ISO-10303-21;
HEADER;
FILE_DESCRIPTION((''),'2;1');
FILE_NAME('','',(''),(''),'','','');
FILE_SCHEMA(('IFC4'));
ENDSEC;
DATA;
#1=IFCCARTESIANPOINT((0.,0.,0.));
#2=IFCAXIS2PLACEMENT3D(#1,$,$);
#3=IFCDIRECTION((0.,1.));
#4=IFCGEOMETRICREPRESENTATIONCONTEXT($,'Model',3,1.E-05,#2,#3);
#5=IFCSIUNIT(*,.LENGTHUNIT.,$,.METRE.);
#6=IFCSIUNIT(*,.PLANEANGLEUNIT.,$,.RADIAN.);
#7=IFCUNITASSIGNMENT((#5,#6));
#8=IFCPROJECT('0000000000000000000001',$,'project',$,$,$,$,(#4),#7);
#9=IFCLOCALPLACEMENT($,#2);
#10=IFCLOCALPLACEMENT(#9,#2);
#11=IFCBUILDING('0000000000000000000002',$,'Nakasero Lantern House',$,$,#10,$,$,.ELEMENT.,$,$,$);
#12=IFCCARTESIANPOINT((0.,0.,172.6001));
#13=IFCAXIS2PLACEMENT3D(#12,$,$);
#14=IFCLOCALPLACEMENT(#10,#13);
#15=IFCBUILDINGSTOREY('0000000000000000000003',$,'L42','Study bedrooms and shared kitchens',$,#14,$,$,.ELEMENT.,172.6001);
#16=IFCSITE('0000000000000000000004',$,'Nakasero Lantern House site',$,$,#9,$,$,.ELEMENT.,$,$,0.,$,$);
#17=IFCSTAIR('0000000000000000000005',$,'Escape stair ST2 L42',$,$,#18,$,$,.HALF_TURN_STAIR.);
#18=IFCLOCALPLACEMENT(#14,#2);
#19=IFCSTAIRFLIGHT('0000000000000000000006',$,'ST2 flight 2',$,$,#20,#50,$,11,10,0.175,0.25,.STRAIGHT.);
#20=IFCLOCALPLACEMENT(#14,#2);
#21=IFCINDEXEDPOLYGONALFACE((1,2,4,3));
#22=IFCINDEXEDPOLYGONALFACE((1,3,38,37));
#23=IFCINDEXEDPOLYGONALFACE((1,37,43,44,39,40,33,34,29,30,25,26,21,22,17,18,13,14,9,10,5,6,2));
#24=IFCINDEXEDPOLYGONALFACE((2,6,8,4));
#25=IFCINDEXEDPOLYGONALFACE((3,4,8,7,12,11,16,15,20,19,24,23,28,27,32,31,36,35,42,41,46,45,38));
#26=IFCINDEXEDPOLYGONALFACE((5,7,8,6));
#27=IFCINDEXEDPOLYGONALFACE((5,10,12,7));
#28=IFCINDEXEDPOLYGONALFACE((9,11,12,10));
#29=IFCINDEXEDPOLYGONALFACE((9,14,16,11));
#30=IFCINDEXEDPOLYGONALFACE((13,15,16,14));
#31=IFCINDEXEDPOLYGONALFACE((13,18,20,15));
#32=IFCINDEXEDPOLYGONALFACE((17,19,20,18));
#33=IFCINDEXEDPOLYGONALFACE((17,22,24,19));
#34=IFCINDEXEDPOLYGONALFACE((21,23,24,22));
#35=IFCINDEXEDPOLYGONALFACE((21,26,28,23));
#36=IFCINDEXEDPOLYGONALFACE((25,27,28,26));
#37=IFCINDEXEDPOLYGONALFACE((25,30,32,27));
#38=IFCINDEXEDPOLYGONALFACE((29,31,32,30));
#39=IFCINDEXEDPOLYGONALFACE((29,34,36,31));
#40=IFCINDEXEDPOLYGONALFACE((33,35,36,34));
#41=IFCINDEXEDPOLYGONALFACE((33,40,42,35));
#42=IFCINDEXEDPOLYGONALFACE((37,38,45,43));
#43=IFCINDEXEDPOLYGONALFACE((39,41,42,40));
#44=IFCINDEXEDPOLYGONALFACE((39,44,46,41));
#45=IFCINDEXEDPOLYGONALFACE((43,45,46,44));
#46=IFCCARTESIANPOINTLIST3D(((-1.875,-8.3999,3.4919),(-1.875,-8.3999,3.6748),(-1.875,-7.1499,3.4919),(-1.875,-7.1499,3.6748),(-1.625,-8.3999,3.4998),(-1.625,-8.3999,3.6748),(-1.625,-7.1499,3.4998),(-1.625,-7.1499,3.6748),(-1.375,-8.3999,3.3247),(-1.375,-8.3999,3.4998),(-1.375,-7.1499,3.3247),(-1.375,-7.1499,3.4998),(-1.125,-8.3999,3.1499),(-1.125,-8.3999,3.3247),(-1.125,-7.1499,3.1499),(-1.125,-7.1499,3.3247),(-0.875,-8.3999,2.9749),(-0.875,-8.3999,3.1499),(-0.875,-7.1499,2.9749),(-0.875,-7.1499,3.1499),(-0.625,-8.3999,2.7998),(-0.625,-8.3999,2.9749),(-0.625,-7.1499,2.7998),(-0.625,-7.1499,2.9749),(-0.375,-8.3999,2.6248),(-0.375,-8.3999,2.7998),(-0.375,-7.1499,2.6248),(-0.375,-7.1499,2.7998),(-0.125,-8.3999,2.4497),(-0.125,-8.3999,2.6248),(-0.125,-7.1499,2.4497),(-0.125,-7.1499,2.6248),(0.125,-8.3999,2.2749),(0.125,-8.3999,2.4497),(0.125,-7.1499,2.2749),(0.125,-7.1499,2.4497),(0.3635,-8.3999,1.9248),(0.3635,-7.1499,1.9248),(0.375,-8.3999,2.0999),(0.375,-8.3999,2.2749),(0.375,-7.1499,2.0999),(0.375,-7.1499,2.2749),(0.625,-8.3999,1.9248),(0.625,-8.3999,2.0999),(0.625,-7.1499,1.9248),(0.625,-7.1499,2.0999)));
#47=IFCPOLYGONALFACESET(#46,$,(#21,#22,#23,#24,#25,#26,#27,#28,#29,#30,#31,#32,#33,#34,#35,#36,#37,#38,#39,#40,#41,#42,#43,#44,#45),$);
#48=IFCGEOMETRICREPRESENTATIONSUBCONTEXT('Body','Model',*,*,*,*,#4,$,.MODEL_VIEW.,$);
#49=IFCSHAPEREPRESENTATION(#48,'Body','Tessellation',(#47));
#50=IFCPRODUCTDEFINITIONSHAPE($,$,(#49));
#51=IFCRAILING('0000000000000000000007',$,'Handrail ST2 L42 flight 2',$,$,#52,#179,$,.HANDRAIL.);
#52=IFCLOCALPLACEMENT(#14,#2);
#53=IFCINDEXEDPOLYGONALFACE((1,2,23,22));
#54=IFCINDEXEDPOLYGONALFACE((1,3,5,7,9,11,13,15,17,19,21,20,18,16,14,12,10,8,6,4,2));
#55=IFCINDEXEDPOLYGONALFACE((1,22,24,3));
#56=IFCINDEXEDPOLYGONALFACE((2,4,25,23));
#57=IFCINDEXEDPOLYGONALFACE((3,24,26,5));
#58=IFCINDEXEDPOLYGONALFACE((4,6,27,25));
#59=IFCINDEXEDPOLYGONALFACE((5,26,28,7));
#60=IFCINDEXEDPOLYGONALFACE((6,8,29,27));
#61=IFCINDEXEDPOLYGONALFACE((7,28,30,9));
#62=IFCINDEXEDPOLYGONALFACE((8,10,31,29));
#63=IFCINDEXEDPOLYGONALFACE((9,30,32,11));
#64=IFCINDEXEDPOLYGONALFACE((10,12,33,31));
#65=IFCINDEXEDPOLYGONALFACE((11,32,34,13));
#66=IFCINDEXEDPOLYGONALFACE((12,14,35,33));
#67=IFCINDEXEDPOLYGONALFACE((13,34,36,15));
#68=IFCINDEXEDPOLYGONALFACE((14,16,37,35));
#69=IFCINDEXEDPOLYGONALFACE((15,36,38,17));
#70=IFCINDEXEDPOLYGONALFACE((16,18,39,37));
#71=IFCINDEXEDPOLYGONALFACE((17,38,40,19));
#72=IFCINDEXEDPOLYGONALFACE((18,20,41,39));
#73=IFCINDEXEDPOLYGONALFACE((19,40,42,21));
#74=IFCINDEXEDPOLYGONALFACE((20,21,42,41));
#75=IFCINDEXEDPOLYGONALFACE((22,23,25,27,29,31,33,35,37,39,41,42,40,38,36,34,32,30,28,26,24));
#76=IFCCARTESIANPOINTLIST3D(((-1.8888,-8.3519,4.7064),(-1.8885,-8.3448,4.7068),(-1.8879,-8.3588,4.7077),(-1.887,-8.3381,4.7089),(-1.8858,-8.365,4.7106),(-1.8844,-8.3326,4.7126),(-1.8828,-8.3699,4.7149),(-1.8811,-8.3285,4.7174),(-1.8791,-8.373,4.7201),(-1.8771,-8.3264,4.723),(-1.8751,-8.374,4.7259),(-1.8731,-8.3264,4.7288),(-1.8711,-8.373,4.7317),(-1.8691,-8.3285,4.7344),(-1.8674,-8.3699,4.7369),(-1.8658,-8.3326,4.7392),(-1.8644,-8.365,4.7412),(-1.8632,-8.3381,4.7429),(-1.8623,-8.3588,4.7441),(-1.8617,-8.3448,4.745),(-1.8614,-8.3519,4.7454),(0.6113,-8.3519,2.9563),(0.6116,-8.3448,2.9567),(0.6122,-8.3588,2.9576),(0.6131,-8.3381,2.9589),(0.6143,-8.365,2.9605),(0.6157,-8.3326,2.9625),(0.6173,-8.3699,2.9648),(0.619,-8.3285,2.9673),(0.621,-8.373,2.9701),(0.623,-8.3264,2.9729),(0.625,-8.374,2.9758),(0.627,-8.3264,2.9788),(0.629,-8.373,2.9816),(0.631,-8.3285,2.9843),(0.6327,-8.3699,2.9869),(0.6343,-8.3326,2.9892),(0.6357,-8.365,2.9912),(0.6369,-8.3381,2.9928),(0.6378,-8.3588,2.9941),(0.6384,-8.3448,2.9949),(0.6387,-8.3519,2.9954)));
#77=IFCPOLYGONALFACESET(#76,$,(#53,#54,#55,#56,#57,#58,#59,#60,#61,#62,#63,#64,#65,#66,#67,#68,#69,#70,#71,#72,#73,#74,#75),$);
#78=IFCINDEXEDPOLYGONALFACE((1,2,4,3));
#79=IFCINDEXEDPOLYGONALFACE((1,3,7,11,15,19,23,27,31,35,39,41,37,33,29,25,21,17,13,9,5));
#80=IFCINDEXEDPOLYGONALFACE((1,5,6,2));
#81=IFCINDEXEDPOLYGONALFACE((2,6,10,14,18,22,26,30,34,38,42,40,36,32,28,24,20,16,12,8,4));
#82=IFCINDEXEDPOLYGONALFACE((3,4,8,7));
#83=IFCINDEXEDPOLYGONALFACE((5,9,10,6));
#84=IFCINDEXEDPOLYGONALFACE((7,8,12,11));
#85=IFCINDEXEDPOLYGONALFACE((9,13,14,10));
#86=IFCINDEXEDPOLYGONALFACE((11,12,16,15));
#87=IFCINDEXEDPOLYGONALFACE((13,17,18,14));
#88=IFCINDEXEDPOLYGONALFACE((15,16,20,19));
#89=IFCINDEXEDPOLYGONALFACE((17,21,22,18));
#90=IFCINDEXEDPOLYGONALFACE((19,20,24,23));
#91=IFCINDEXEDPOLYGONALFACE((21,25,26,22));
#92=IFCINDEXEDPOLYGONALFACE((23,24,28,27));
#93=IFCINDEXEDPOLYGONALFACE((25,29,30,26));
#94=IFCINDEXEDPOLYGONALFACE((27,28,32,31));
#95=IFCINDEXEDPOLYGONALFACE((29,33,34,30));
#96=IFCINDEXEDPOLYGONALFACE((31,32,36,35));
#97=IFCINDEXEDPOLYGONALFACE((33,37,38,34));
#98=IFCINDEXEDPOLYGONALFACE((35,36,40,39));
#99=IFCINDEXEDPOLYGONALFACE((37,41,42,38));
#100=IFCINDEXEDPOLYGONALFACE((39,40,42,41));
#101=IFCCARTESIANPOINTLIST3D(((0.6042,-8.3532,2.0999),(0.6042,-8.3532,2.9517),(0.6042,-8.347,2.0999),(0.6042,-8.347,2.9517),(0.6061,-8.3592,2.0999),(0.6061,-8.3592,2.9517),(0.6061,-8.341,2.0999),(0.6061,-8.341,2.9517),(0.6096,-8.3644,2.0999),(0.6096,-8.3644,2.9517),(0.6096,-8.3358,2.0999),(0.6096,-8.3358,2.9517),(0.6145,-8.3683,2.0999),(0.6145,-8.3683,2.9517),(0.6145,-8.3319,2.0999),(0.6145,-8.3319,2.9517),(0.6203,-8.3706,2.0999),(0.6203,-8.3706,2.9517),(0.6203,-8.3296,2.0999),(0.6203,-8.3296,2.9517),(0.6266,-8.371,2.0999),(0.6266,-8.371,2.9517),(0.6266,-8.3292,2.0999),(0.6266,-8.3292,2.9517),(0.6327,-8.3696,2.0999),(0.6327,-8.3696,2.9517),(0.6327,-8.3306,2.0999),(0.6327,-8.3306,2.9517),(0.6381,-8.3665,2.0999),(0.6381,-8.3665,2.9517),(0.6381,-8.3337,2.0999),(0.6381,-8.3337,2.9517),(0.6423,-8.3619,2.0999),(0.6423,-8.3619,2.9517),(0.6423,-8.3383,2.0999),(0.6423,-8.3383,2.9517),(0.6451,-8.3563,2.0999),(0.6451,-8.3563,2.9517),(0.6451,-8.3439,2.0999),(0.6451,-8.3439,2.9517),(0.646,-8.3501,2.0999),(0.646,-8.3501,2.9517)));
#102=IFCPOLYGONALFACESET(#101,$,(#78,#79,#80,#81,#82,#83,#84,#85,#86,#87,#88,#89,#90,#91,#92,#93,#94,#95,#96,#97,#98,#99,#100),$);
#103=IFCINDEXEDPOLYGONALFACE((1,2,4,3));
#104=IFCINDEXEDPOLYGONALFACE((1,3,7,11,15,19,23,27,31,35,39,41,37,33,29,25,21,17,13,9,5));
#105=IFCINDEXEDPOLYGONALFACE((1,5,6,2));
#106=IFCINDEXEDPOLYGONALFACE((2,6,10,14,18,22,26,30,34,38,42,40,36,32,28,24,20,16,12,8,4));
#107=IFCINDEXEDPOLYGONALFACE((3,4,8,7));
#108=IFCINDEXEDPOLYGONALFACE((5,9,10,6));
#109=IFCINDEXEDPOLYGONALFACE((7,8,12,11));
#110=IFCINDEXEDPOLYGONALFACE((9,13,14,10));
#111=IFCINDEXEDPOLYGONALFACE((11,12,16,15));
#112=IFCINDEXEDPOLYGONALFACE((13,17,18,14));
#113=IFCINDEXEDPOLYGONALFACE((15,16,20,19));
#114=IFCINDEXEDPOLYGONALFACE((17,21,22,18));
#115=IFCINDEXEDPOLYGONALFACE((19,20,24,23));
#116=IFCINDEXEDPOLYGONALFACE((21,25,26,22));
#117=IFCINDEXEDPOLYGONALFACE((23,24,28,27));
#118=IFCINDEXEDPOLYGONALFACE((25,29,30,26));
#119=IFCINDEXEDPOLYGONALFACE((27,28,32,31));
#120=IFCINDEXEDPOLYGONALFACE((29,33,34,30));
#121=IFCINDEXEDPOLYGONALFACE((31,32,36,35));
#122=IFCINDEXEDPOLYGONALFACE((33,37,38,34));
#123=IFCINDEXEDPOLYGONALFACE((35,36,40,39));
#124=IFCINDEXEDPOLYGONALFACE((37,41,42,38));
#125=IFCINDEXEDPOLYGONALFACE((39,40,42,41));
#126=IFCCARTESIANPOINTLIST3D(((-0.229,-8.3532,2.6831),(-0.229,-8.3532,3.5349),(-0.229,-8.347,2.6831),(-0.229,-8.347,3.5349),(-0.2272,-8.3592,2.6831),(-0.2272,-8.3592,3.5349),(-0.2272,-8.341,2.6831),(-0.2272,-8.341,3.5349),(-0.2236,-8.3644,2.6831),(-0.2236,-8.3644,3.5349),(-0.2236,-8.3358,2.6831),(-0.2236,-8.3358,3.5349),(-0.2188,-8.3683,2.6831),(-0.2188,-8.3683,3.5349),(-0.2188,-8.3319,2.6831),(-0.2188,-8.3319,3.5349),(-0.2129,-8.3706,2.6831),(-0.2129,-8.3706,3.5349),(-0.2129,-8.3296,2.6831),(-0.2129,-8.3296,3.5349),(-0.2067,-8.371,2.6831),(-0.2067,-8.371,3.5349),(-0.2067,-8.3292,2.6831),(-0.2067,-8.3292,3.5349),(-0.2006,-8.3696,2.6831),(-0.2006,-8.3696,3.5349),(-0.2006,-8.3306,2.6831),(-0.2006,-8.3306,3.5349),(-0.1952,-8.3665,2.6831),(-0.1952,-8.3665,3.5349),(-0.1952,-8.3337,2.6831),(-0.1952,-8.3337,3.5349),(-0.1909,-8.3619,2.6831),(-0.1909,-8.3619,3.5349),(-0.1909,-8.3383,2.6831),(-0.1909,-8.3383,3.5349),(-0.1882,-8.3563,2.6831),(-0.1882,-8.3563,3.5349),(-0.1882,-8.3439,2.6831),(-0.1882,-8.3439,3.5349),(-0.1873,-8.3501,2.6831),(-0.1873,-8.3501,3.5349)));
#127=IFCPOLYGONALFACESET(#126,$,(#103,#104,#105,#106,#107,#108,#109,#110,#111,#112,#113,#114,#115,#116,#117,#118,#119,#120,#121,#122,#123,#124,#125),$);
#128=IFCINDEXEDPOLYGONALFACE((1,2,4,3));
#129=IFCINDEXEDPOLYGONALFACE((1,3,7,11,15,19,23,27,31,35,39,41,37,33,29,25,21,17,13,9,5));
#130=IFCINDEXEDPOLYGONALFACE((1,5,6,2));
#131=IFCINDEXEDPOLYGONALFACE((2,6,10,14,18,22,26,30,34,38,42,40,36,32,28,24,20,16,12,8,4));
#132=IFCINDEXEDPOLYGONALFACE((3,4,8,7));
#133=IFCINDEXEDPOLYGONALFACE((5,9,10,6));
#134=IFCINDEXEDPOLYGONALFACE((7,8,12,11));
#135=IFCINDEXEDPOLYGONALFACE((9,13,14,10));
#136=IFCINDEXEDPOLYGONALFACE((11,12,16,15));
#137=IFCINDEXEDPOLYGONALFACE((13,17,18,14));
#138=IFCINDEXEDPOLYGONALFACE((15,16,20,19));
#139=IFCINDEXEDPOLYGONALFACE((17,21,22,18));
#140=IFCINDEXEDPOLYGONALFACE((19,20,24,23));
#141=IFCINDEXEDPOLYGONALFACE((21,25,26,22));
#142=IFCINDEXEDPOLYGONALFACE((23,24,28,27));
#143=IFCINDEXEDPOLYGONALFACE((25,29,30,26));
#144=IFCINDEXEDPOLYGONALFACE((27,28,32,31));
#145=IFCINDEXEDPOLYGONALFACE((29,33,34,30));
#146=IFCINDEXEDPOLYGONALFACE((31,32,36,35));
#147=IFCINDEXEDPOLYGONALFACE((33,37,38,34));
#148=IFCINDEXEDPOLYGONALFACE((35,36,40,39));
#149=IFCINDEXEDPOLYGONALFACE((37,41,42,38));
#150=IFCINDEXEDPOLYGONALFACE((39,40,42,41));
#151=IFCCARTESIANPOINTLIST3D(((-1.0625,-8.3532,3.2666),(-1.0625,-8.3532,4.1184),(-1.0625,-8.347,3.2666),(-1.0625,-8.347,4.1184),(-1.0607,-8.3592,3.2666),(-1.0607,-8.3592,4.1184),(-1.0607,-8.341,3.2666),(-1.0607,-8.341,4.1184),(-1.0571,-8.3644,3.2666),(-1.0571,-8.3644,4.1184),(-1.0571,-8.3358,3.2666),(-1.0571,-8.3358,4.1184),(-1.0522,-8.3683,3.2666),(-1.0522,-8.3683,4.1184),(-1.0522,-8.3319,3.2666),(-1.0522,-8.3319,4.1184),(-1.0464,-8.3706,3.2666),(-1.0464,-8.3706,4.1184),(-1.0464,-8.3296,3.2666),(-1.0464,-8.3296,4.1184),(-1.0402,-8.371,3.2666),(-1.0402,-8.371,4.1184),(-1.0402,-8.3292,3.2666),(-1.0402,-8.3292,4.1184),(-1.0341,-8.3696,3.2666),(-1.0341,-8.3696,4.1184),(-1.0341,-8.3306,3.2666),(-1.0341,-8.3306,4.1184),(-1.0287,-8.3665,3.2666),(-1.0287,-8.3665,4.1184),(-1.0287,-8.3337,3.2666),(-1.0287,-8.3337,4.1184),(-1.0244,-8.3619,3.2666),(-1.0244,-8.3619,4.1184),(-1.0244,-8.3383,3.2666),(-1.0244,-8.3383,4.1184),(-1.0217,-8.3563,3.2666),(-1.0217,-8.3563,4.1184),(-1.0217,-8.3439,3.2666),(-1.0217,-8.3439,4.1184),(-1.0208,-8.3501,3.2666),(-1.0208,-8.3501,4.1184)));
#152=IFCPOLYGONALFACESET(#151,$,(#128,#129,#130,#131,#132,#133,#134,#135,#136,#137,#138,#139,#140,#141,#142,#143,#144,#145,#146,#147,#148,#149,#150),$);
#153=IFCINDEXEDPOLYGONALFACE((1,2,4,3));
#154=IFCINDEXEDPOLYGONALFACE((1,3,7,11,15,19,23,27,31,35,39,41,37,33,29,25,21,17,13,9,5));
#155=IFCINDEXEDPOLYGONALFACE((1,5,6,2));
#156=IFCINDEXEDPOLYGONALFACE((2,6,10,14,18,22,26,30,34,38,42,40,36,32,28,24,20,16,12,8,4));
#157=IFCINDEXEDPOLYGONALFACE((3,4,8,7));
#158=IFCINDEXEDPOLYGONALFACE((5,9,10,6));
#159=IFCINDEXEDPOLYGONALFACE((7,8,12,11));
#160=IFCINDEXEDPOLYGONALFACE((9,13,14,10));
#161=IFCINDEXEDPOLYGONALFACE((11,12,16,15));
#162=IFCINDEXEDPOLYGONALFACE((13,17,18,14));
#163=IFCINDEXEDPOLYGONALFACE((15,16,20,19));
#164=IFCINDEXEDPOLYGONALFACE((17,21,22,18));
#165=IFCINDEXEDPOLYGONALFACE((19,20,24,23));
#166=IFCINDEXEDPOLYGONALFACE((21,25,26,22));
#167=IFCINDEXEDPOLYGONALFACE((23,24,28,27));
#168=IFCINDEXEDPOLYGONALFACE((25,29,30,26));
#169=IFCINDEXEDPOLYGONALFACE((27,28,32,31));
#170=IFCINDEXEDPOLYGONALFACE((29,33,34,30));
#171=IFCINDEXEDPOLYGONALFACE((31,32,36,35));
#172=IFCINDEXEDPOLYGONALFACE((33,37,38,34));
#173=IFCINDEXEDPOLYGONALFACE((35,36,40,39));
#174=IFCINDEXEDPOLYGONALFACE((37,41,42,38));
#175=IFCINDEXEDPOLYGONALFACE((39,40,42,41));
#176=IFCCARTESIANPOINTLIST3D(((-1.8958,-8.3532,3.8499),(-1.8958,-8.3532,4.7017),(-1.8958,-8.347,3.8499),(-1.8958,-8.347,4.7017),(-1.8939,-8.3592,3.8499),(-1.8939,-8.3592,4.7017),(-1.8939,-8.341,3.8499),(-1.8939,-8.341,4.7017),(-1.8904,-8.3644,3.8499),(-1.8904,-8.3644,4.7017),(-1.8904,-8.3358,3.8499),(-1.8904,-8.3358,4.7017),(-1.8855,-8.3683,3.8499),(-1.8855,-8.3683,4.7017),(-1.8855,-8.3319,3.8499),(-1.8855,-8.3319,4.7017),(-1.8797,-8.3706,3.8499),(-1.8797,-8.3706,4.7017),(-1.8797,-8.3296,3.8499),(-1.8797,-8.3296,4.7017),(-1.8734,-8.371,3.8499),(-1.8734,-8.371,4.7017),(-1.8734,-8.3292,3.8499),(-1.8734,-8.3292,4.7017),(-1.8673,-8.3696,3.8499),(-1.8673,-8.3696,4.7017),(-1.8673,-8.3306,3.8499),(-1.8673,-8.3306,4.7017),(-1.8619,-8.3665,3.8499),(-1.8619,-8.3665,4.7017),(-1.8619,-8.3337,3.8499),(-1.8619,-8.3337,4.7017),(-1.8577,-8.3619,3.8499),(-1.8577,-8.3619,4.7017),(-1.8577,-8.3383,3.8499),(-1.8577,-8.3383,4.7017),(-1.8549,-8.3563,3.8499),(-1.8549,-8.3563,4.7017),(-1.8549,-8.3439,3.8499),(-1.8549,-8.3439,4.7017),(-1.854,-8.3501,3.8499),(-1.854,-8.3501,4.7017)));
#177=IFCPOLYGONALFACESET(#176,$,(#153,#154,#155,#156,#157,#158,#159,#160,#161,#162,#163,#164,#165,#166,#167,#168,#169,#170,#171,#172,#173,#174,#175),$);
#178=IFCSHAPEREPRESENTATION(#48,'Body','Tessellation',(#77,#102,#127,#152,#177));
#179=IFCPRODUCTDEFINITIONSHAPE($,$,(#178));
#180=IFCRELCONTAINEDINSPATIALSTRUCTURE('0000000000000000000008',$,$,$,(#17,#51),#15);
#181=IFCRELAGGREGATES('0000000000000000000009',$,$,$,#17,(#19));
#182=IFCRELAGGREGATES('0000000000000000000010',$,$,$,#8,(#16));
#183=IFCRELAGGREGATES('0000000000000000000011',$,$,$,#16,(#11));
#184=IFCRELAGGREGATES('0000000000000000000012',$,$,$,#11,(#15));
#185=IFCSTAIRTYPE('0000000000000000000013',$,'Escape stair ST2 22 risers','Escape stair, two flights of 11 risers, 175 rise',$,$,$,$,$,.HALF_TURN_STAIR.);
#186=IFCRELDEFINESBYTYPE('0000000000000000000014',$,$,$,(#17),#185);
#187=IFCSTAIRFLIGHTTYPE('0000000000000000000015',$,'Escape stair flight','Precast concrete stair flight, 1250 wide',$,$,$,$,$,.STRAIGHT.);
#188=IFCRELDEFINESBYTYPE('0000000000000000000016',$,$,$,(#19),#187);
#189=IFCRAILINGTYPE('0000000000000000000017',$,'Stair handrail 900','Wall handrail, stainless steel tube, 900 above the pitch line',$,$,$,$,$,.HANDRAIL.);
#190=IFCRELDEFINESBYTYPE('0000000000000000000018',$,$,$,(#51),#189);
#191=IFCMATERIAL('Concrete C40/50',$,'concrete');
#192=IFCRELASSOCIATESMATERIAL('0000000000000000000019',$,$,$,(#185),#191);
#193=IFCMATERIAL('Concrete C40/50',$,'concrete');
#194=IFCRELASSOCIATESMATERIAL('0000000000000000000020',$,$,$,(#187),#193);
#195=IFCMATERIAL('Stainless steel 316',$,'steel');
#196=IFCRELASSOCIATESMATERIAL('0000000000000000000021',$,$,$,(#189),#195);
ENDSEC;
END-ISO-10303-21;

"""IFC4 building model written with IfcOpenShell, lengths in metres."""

from ifc_helpers import new_model, si_unit, direction, frame, origin, origin_2d, place, context, subcontext, project, spatial, polyline, circle, outline, extrude, material, type_object, element, aggregate, save


model = new_model("IFC4")

# Units and contexts
model_context = context("Model", 3, precision=1e-05, world=origin(), true_north=direction((0.0, 1.0)))
body_context = subcontext(model_context, "Body", "Model", "MODEL_VIEW")
ifc_project = project(units=[si_unit("LENGTHUNIT", "METRE"), si_unit("PLANEANGLEUNIT", "RADIAN")], contexts=[model_context])

# Site, building, storey
site_placement = place(None, origin())
site = spatial("IfcSite", under=ifc_project, at=site_placement, Name="Nakasero Lantern House site", CompositionType="ELEMENT", RefElevation=0.0)
building_placement = place(site_placement, origin())
building = spatial("IfcBuilding", under=site, at=building_placement, Name="Nakasero Lantern House", CompositionType="ELEMENT")
storey_placement = place(building_placement, frame((0.0, 0.0, 172.6001)))
storey = spatial("IfcBuildingStorey", under=building, at=storey_placement, Name="L42", Description="Study bedrooms and shared kitchens", CompositionType="ELEMENT", Elevation=172.6001)

# Stair, stair flight
ifc_material_1 = material(Name="Concrete C40/50", Category="concrete")
stair_type = type_object("IfcStairType", Name="Escape stair ST2 22 risers", Description="Escape stair, two flights of 11 risers, 175 rise", PredefinedType="HALF_TURN_STAIR", material=ifc_material_1)
stair_placement = place(storey_placement, origin())
stair = element("IfcStair", 1, at=stair_placement, inside=storey, type_object=stair_type, Name="Escape stair ST2 L42", PredefinedType="HALF_TURN_STAIR")
ifc_material_2 = material(Name="Concrete C40/50", Category="concrete")
stair_flight_type = type_object("IfcStairFlightType", Name="Escape stair flight", Description="Precast concrete stair flight, 1250 wide", PredefinedType="STRAIGHT", material=ifc_material_2)
stair_flight_placement = place(storey_placement, frame((0.625, -7.7749, 1.9248), z_axis=(0.0, 0.0, 1.0), x_axis=(-1.0, 0.0, 0.0)))
stair_flight = element("IfcStairFlight", 2, at=stair_flight_placement, type_object=stair_flight_type, Name="ST2 flight 2", NumberOfRisers=11, NumberOfTreads=10, PredefinedType="STRAIGHT", RiserHeight=0.175, TreadLength=0.25, context=body_context, shape_type="SweptSolid", body=[
    extrude(outline(polyline([(0.0, 0.0), (0.0, 0.175), (0.25, 0.175), (0.25, 0.3501), (0.5, 0.3501), (0.5, 0.5249), (0.75, 0.5249), (0.75, 0.7), (1.0, 0.7), (1.0, 0.875), (1.25, 0.875), (1.25, 1.05), (1.5, 1.05), (1.5, 1.2251), (1.75, 1.2251), (1.75, 1.3999), (2.0, 1.3999), (2.0, 1.575), (2.25, 1.575), (2.25, 1.75), (2.5, 1.75), (2.5, 1.925), (2.5, 1.5671), (0.2615, 0.0), (0.0, 0.0)])), frame((0.0, 0.625, 0.0), z_axis=(0.0, -1.0, 0.0), x_axis=(1.0, 0.0, 0.0)), (0.0, 0.0, 1.0), 1.25),
])
aggregate(stair, [stair_flight])

# Railing
ifc_material_3 = material(Name="Stainless steel 316", Category="steel")
railing_type = type_object("IfcRailingType", Name="Stair handrail 900", Description="Wall handrail, stainless steel tube, 900 above the pitch line", PredefinedType="HANDRAIL", material=ifc_material_3)
railing_placement = place(storey_placement, frame((0.625, -8.3501, 2.0999)))
element("IfcRailing", 3, at=railing_placement, inside=storey, type_object=railing_type, Name="Handrail ST2 L42 flight 2", PredefinedType="HANDRAIL", context=body_context, shape_type="SweptSolid", body=[
    extrude(circle(Radius=0.0239, at=origin_2d()), frame((0.0, 0.0, 0.876), z_axis=(-0.819232, 0.0, 0.573462), x_axis=(0.0, -1.0, 0.0)), (0.0, 0.0, 1.0), 3.0518),
    extrude(circle(Radius=0.021, at=origin_2d()), origin(), (0.0, 0.0, 1.0), 0.8518),
    extrude(circle(Radius=0.021, at=origin_2d()), frame((-0.8333, 0.0, 0.5833)), (0.0, 0.0, 1.0), 0.8518),
    extrude(circle(Radius=0.021, at=origin_2d()), frame((-1.6667, 0.0, 1.1667)), (0.0, 0.0, 1.0), 0.8518),
    extrude(circle(Radius=0.021, at=origin_2d()), frame((-2.5, 0.0, 1.75)), (0.0, 0.0, 1.0), 0.8518),
])

save(model, "model.ifc")
